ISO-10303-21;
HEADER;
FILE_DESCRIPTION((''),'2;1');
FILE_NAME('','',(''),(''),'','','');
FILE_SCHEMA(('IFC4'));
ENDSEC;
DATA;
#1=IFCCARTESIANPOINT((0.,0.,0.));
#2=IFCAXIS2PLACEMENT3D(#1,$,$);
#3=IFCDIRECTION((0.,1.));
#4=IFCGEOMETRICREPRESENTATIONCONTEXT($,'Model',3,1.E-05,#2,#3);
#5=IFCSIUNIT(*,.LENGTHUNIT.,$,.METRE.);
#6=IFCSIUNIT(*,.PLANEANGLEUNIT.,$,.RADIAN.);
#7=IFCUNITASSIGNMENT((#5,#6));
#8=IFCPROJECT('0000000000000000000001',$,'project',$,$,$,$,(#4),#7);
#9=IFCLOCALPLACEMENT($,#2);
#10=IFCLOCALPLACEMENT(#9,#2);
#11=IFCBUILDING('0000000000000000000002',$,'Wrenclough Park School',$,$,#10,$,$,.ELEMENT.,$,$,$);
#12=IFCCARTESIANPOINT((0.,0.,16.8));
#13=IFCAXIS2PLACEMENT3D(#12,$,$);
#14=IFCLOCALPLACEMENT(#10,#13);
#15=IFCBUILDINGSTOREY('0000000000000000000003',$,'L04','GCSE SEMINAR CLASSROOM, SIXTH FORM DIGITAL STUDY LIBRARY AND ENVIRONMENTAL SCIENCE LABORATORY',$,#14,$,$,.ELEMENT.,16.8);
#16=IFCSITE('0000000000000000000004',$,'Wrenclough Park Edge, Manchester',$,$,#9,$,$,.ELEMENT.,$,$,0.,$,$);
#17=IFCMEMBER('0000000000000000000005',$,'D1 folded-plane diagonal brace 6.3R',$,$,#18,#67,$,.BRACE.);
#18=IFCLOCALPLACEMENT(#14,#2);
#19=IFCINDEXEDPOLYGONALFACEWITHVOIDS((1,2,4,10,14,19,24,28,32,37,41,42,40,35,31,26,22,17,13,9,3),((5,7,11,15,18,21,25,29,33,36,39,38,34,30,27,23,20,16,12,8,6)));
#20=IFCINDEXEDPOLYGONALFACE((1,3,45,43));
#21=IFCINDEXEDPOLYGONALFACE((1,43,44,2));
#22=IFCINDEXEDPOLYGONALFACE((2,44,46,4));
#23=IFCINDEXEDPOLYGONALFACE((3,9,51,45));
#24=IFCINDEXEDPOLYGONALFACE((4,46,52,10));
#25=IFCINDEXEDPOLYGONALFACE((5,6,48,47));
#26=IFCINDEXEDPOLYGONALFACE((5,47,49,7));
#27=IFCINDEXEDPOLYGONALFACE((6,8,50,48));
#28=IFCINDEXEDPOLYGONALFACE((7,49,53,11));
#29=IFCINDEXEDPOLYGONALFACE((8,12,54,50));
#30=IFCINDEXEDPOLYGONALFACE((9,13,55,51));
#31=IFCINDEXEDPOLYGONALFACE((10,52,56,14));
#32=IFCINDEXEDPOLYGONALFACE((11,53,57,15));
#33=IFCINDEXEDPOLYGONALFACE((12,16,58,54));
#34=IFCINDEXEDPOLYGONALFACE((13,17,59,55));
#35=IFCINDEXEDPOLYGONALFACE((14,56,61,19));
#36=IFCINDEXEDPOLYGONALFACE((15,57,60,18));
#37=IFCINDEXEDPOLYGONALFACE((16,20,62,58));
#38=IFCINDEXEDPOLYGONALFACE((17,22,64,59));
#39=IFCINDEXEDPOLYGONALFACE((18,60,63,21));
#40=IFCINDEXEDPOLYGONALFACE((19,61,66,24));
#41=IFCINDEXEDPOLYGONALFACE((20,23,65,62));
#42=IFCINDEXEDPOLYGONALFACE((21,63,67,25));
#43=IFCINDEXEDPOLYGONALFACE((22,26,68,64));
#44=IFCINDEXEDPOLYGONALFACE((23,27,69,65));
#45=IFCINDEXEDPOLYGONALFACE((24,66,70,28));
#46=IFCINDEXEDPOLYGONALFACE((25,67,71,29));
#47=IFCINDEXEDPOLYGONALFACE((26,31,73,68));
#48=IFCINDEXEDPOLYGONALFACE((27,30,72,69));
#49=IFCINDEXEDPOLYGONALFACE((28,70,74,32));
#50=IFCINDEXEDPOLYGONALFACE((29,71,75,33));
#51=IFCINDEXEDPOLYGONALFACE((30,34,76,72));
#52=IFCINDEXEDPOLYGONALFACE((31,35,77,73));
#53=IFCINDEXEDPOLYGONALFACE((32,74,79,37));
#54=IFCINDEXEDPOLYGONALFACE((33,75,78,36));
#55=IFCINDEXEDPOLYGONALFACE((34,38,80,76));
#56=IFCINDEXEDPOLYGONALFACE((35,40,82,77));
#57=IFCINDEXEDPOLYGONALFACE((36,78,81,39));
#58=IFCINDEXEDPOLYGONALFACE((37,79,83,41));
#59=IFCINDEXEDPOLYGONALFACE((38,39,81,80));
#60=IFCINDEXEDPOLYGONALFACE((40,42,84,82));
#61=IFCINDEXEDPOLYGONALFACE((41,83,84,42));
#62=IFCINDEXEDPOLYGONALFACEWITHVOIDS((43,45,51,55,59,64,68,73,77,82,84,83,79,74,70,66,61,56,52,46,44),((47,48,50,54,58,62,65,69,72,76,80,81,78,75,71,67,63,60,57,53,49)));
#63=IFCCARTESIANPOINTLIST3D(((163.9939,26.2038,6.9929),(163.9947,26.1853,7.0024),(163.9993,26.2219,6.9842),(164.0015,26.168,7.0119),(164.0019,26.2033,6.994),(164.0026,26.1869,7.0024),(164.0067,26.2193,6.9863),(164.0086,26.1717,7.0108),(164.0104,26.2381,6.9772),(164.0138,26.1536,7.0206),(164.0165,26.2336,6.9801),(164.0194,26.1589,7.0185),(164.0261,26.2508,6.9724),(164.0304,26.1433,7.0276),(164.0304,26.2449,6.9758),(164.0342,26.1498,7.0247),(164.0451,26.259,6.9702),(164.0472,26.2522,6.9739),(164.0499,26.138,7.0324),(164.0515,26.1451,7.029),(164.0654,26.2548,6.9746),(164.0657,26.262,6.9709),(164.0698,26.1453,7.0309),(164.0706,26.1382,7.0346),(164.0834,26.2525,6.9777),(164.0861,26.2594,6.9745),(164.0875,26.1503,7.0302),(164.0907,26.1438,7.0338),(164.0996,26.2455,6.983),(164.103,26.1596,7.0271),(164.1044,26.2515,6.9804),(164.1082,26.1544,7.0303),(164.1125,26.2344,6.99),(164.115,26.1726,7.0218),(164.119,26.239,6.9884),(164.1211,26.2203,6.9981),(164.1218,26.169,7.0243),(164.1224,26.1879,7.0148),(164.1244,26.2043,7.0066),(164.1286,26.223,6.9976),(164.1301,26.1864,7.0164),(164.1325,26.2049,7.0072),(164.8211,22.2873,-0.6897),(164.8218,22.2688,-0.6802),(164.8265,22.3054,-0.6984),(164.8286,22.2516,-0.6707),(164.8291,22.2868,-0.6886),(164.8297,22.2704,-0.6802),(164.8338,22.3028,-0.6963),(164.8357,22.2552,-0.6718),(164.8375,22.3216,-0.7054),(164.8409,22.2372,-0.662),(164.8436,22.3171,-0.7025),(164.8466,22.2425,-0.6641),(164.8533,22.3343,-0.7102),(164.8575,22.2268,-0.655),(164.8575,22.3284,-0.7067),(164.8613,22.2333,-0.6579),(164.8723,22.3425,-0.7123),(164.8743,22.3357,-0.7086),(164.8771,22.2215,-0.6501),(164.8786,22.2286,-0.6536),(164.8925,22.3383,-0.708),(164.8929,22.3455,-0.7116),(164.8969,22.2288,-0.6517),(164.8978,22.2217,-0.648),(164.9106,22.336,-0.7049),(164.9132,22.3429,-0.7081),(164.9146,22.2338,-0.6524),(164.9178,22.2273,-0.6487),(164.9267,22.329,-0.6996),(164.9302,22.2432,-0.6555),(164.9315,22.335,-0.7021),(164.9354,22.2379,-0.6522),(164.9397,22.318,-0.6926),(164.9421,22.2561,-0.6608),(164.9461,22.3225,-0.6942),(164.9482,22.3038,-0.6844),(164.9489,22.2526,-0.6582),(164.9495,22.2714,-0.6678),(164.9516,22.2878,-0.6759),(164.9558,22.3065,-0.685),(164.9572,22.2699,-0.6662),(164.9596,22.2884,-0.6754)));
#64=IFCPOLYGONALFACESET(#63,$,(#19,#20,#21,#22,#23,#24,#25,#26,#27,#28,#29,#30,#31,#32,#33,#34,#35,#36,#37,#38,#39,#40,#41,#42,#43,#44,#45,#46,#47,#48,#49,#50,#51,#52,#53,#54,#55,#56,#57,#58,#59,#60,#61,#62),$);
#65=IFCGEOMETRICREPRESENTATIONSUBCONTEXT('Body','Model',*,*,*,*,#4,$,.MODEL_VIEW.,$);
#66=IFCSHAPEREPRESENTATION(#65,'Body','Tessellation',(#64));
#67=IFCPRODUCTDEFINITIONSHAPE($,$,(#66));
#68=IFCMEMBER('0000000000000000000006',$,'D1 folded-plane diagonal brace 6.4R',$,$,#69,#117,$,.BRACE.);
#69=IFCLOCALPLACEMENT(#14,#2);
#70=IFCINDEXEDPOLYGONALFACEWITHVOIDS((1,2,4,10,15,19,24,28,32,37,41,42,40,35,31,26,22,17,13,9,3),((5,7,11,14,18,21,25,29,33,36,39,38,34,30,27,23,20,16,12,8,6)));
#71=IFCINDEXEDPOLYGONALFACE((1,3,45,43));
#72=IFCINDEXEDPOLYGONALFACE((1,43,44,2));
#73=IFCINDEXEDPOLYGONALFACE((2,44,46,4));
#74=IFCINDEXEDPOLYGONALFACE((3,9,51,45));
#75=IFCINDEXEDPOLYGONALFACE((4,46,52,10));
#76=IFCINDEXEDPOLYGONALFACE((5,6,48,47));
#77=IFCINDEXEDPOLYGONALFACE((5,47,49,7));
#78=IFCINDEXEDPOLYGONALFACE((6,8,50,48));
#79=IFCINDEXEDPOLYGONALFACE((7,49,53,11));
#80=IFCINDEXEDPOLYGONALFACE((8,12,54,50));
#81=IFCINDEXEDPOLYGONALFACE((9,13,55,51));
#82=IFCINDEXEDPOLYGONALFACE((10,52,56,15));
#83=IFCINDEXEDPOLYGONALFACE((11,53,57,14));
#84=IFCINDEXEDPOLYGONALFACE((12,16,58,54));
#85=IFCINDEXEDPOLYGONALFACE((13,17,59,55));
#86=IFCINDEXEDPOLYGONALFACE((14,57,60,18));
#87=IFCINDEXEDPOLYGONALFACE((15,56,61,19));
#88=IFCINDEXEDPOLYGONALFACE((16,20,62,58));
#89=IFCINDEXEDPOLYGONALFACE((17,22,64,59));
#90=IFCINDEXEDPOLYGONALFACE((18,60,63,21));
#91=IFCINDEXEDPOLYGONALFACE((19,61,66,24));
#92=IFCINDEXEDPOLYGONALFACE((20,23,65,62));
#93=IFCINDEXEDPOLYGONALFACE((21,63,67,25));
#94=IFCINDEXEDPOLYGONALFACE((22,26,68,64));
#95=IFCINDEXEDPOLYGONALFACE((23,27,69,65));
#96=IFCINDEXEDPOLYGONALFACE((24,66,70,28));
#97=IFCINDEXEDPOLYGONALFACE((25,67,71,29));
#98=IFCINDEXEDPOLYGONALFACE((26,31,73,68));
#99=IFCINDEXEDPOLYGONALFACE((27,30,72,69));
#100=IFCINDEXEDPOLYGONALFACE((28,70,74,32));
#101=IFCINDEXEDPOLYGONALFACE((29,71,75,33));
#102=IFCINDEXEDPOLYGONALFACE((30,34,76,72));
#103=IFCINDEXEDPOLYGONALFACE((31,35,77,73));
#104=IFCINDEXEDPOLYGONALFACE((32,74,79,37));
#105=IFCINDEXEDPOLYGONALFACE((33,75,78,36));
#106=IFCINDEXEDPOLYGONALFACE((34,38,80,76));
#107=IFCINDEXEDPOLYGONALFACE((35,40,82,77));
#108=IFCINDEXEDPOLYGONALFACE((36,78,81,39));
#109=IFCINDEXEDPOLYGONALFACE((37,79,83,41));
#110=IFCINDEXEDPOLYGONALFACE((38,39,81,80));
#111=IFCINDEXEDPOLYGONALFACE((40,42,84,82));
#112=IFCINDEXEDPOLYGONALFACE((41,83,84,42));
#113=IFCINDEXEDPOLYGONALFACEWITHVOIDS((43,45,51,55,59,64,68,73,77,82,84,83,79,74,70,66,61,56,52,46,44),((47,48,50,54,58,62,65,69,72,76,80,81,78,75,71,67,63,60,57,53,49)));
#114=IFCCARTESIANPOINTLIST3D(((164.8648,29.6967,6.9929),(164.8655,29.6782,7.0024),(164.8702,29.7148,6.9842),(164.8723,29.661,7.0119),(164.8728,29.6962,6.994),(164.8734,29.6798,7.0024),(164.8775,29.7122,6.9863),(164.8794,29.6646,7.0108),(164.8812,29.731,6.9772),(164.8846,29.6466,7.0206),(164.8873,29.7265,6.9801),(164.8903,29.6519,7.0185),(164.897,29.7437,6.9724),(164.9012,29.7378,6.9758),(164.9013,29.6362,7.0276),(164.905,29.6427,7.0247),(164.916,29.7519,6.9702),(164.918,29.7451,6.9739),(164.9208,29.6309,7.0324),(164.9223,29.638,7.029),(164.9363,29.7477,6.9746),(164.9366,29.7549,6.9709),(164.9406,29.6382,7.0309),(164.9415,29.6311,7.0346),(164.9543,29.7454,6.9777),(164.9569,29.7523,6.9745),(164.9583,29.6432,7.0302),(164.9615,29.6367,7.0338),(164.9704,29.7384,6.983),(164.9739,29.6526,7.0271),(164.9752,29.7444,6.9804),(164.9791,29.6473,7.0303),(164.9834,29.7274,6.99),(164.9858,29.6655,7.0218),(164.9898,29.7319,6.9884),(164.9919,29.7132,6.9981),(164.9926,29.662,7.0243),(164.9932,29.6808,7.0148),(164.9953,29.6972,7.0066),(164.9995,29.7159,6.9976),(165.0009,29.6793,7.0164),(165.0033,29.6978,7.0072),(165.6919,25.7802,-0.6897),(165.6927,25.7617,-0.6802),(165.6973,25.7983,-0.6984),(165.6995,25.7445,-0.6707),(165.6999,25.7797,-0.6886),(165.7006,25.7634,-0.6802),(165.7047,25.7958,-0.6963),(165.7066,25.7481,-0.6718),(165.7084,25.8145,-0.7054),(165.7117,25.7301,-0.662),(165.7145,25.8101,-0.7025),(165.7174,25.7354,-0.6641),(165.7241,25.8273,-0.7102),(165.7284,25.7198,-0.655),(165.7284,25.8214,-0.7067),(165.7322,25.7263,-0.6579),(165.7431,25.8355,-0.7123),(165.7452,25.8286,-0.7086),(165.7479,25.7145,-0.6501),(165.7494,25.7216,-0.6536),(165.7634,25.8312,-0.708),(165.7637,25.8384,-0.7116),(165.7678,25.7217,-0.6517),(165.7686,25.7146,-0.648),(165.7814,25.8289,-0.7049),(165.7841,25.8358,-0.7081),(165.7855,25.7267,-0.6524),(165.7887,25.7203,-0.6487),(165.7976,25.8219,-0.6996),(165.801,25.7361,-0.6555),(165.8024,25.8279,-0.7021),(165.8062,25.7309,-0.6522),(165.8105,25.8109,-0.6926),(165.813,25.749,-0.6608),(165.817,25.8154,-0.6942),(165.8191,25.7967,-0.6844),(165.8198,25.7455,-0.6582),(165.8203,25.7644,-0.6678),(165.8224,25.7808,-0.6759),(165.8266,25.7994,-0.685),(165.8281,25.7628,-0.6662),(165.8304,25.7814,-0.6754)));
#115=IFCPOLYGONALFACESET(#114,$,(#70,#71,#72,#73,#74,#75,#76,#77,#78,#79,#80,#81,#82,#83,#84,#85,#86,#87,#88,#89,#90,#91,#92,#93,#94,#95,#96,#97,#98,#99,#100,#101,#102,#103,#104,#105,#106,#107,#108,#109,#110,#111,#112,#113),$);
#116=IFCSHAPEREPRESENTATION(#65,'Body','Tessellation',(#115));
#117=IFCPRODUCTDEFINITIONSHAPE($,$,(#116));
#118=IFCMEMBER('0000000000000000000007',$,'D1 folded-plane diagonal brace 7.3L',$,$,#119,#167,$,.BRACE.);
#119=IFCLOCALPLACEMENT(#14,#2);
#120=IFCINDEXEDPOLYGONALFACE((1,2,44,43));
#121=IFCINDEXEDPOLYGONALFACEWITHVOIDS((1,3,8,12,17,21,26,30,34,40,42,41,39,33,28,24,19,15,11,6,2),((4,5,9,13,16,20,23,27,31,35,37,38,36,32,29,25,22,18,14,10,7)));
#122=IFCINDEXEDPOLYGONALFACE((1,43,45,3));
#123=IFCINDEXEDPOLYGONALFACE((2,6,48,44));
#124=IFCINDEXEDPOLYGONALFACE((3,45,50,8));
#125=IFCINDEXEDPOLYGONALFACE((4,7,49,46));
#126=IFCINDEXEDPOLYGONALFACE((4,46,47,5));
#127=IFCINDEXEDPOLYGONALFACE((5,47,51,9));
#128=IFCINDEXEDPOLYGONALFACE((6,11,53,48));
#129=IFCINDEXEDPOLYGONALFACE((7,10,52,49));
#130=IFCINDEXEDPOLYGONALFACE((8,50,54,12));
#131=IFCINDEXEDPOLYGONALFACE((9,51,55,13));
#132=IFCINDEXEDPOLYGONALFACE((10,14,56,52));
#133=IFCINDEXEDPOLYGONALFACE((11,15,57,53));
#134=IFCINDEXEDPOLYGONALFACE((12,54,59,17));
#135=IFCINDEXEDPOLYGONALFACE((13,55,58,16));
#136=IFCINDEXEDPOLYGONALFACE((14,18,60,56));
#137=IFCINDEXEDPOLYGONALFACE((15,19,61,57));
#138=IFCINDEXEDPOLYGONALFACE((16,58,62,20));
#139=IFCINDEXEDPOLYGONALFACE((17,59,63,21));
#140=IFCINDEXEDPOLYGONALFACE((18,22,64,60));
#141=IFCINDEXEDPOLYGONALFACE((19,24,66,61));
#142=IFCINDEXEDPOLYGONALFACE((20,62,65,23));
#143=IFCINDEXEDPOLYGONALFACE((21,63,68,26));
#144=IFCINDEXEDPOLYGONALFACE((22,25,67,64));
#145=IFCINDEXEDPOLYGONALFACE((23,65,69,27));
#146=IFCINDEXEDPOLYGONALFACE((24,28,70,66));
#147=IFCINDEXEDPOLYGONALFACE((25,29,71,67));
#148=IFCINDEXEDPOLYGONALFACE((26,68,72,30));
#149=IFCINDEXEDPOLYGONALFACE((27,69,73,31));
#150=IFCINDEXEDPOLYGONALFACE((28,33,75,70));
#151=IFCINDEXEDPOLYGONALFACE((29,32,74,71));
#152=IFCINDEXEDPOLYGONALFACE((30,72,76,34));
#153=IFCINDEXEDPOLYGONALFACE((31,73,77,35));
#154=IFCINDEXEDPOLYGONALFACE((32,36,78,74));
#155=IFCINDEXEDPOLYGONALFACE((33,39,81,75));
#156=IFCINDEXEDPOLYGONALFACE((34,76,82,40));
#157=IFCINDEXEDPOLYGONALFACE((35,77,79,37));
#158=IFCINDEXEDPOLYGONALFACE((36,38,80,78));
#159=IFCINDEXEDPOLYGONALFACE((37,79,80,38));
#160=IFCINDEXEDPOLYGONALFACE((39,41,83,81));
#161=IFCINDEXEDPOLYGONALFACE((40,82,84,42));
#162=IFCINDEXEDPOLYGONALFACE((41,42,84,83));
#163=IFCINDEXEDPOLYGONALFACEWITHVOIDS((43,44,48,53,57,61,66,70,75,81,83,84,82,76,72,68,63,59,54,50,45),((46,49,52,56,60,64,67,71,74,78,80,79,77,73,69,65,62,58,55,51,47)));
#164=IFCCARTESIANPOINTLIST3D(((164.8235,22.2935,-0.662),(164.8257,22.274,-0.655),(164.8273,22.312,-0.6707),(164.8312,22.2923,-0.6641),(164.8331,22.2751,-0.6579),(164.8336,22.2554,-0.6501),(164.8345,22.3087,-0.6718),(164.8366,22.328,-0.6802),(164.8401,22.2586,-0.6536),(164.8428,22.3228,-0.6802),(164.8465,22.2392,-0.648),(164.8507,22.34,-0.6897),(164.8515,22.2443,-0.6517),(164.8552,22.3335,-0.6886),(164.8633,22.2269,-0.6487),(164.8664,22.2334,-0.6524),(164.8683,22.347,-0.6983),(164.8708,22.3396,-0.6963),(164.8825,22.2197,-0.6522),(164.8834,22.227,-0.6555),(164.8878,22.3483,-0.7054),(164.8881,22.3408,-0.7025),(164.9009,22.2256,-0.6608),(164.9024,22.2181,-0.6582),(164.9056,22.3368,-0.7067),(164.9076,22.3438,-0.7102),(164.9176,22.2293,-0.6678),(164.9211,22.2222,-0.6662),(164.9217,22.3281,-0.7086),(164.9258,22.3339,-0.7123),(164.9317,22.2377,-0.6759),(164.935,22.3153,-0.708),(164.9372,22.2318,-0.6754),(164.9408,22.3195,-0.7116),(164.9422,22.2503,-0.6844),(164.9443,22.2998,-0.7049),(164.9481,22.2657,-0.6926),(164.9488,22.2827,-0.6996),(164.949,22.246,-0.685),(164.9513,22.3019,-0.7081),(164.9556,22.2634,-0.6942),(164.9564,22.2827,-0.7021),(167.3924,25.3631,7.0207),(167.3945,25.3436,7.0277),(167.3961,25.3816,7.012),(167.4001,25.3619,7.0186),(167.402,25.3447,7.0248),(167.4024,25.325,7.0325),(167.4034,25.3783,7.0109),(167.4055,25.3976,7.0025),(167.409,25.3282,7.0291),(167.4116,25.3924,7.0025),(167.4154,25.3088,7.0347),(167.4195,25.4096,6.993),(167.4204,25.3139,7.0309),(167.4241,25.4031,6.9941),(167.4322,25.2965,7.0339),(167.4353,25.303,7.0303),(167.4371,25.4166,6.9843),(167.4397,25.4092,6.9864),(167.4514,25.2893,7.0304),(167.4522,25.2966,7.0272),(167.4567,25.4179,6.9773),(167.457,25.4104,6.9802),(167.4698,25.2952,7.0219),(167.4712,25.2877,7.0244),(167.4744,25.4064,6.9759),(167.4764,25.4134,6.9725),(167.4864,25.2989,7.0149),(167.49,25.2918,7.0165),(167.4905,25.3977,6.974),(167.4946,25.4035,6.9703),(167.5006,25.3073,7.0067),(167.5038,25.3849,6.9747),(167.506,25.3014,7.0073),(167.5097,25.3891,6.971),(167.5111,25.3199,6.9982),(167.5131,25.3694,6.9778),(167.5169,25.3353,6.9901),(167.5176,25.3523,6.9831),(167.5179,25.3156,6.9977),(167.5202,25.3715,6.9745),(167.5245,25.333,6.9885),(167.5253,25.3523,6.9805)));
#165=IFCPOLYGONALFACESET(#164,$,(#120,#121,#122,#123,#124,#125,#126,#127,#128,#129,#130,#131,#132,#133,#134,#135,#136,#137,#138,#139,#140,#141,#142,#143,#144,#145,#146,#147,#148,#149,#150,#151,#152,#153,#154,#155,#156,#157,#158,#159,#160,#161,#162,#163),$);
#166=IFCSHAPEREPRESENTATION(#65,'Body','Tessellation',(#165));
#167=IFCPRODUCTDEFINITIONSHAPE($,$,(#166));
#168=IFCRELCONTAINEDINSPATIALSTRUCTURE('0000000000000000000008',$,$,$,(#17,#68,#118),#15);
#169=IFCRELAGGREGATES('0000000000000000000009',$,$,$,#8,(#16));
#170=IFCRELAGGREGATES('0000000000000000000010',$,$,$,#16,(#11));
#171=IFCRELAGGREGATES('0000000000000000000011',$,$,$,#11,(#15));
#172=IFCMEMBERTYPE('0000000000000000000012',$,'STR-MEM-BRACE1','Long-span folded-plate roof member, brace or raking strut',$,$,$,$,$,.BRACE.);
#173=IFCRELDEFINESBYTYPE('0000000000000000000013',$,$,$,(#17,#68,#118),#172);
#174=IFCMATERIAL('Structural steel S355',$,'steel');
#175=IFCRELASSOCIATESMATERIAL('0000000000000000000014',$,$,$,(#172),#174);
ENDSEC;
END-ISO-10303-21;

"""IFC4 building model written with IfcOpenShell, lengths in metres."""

from ifc_helpers import new_model, si_unit, direction, frame, origin, origin_2d, place, context, subcontext, project, spatial, hollow_circle, extrude, material, material_profile, profile_set, type_object, element, save


model = new_model("IFC4")

# Units and contexts
model_context = context("Model", 3, precision=1e-05, world=origin(), true_north=direction((0.0, 1.0)))
body_context = subcontext(model_context, "Body", "Model", "MODEL_VIEW")
ifc_project = project(units=[si_unit("LENGTHUNIT", "METRE"), si_unit("PLANEANGLEUNIT", "RADIAN")], contexts=[model_context])

# Site, building, storey
site_placement = place(None, origin())
site = spatial("IfcSite", under=ifc_project, at=site_placement, Name="Wrenclough Park Edge, Manchester", CompositionType="ELEMENT", RefElevation=0.0)
building_placement = place(site_placement, origin())
building = spatial("IfcBuilding", under=site, at=building_placement, Name="Wrenclough Park School", CompositionType="ELEMENT")
storey_placement = place(building_placement, frame((0.0, 0.0, 16.8)))
storey = spatial("IfcBuildingStorey", under=building, at=storey_placement, Name="L04", Description="GCSE SEMINAR CLASSROOM, SIXTH FORM DIGITAL STUDY LIBRARY AND ENVIRONMENTAL SCIENCE LABORATORY", CompositionType="ELEMENT", Elevation=16.8)

# Shared definitions
ifc_material_1 = material(Name="Structural steel S355", Category="steel")

# Members
ifc_material_profile_1 = material_profile(ifc_material_1, hollow_circle(Radius=0.0698, WallThickness=0.0081, at=origin_2d()), Name="CHS 139.7x8.0")
ifc_profile_set_1 = profile_set([ifc_material_profile_1], Name="Structural steel S355")
member_type_1 = type_object("IfcMemberType", Name="STR-MEM-BRACE1", Description="Long-span folded-plate roof member, brace or raking strut", PredefinedType="BRACE", material=ifc_profile_set_1)
for number, where, z_axis, x_axis, name in (
    (1, (164.8901, 22.2832, -0.6802), (-0.095482, 0.452101, 0.886842), (-0.978418, -0.206637, 0.0), "D1 folded-plane diagonal brace 6.3R"),
    (2, (165.761, 25.7761, -0.6802), (-0.095482, 0.452101, 0.886842), (-0.978418, -0.206637, 0.0), "D1 folded-plane diagonal brace 6.4R"),
    (3, (164.8901, 22.2832, -0.6802), (0.296538, 0.354341, 0.886853), (-0.766885, 0.641785, 0.0), "D1 folded-plane diagonal brace 7.3L"),
):
    element("IfcMember", number, at=place(storey_placement, frame(where, z_axis=z_axis, x_axis=x_axis)), inside=storey, type_object=member_type_1, Name=name, PredefinedType="BRACE", context=body_context, shape_type="SweptSolid", body=[
        extrude(hollow_circle(Radius=0.0698, WallThickness=0.0081, at=origin_2d()), origin(), (0.0, 0.0, 1.0), 8.6628),
    ])

save(model, "model.ifc")
